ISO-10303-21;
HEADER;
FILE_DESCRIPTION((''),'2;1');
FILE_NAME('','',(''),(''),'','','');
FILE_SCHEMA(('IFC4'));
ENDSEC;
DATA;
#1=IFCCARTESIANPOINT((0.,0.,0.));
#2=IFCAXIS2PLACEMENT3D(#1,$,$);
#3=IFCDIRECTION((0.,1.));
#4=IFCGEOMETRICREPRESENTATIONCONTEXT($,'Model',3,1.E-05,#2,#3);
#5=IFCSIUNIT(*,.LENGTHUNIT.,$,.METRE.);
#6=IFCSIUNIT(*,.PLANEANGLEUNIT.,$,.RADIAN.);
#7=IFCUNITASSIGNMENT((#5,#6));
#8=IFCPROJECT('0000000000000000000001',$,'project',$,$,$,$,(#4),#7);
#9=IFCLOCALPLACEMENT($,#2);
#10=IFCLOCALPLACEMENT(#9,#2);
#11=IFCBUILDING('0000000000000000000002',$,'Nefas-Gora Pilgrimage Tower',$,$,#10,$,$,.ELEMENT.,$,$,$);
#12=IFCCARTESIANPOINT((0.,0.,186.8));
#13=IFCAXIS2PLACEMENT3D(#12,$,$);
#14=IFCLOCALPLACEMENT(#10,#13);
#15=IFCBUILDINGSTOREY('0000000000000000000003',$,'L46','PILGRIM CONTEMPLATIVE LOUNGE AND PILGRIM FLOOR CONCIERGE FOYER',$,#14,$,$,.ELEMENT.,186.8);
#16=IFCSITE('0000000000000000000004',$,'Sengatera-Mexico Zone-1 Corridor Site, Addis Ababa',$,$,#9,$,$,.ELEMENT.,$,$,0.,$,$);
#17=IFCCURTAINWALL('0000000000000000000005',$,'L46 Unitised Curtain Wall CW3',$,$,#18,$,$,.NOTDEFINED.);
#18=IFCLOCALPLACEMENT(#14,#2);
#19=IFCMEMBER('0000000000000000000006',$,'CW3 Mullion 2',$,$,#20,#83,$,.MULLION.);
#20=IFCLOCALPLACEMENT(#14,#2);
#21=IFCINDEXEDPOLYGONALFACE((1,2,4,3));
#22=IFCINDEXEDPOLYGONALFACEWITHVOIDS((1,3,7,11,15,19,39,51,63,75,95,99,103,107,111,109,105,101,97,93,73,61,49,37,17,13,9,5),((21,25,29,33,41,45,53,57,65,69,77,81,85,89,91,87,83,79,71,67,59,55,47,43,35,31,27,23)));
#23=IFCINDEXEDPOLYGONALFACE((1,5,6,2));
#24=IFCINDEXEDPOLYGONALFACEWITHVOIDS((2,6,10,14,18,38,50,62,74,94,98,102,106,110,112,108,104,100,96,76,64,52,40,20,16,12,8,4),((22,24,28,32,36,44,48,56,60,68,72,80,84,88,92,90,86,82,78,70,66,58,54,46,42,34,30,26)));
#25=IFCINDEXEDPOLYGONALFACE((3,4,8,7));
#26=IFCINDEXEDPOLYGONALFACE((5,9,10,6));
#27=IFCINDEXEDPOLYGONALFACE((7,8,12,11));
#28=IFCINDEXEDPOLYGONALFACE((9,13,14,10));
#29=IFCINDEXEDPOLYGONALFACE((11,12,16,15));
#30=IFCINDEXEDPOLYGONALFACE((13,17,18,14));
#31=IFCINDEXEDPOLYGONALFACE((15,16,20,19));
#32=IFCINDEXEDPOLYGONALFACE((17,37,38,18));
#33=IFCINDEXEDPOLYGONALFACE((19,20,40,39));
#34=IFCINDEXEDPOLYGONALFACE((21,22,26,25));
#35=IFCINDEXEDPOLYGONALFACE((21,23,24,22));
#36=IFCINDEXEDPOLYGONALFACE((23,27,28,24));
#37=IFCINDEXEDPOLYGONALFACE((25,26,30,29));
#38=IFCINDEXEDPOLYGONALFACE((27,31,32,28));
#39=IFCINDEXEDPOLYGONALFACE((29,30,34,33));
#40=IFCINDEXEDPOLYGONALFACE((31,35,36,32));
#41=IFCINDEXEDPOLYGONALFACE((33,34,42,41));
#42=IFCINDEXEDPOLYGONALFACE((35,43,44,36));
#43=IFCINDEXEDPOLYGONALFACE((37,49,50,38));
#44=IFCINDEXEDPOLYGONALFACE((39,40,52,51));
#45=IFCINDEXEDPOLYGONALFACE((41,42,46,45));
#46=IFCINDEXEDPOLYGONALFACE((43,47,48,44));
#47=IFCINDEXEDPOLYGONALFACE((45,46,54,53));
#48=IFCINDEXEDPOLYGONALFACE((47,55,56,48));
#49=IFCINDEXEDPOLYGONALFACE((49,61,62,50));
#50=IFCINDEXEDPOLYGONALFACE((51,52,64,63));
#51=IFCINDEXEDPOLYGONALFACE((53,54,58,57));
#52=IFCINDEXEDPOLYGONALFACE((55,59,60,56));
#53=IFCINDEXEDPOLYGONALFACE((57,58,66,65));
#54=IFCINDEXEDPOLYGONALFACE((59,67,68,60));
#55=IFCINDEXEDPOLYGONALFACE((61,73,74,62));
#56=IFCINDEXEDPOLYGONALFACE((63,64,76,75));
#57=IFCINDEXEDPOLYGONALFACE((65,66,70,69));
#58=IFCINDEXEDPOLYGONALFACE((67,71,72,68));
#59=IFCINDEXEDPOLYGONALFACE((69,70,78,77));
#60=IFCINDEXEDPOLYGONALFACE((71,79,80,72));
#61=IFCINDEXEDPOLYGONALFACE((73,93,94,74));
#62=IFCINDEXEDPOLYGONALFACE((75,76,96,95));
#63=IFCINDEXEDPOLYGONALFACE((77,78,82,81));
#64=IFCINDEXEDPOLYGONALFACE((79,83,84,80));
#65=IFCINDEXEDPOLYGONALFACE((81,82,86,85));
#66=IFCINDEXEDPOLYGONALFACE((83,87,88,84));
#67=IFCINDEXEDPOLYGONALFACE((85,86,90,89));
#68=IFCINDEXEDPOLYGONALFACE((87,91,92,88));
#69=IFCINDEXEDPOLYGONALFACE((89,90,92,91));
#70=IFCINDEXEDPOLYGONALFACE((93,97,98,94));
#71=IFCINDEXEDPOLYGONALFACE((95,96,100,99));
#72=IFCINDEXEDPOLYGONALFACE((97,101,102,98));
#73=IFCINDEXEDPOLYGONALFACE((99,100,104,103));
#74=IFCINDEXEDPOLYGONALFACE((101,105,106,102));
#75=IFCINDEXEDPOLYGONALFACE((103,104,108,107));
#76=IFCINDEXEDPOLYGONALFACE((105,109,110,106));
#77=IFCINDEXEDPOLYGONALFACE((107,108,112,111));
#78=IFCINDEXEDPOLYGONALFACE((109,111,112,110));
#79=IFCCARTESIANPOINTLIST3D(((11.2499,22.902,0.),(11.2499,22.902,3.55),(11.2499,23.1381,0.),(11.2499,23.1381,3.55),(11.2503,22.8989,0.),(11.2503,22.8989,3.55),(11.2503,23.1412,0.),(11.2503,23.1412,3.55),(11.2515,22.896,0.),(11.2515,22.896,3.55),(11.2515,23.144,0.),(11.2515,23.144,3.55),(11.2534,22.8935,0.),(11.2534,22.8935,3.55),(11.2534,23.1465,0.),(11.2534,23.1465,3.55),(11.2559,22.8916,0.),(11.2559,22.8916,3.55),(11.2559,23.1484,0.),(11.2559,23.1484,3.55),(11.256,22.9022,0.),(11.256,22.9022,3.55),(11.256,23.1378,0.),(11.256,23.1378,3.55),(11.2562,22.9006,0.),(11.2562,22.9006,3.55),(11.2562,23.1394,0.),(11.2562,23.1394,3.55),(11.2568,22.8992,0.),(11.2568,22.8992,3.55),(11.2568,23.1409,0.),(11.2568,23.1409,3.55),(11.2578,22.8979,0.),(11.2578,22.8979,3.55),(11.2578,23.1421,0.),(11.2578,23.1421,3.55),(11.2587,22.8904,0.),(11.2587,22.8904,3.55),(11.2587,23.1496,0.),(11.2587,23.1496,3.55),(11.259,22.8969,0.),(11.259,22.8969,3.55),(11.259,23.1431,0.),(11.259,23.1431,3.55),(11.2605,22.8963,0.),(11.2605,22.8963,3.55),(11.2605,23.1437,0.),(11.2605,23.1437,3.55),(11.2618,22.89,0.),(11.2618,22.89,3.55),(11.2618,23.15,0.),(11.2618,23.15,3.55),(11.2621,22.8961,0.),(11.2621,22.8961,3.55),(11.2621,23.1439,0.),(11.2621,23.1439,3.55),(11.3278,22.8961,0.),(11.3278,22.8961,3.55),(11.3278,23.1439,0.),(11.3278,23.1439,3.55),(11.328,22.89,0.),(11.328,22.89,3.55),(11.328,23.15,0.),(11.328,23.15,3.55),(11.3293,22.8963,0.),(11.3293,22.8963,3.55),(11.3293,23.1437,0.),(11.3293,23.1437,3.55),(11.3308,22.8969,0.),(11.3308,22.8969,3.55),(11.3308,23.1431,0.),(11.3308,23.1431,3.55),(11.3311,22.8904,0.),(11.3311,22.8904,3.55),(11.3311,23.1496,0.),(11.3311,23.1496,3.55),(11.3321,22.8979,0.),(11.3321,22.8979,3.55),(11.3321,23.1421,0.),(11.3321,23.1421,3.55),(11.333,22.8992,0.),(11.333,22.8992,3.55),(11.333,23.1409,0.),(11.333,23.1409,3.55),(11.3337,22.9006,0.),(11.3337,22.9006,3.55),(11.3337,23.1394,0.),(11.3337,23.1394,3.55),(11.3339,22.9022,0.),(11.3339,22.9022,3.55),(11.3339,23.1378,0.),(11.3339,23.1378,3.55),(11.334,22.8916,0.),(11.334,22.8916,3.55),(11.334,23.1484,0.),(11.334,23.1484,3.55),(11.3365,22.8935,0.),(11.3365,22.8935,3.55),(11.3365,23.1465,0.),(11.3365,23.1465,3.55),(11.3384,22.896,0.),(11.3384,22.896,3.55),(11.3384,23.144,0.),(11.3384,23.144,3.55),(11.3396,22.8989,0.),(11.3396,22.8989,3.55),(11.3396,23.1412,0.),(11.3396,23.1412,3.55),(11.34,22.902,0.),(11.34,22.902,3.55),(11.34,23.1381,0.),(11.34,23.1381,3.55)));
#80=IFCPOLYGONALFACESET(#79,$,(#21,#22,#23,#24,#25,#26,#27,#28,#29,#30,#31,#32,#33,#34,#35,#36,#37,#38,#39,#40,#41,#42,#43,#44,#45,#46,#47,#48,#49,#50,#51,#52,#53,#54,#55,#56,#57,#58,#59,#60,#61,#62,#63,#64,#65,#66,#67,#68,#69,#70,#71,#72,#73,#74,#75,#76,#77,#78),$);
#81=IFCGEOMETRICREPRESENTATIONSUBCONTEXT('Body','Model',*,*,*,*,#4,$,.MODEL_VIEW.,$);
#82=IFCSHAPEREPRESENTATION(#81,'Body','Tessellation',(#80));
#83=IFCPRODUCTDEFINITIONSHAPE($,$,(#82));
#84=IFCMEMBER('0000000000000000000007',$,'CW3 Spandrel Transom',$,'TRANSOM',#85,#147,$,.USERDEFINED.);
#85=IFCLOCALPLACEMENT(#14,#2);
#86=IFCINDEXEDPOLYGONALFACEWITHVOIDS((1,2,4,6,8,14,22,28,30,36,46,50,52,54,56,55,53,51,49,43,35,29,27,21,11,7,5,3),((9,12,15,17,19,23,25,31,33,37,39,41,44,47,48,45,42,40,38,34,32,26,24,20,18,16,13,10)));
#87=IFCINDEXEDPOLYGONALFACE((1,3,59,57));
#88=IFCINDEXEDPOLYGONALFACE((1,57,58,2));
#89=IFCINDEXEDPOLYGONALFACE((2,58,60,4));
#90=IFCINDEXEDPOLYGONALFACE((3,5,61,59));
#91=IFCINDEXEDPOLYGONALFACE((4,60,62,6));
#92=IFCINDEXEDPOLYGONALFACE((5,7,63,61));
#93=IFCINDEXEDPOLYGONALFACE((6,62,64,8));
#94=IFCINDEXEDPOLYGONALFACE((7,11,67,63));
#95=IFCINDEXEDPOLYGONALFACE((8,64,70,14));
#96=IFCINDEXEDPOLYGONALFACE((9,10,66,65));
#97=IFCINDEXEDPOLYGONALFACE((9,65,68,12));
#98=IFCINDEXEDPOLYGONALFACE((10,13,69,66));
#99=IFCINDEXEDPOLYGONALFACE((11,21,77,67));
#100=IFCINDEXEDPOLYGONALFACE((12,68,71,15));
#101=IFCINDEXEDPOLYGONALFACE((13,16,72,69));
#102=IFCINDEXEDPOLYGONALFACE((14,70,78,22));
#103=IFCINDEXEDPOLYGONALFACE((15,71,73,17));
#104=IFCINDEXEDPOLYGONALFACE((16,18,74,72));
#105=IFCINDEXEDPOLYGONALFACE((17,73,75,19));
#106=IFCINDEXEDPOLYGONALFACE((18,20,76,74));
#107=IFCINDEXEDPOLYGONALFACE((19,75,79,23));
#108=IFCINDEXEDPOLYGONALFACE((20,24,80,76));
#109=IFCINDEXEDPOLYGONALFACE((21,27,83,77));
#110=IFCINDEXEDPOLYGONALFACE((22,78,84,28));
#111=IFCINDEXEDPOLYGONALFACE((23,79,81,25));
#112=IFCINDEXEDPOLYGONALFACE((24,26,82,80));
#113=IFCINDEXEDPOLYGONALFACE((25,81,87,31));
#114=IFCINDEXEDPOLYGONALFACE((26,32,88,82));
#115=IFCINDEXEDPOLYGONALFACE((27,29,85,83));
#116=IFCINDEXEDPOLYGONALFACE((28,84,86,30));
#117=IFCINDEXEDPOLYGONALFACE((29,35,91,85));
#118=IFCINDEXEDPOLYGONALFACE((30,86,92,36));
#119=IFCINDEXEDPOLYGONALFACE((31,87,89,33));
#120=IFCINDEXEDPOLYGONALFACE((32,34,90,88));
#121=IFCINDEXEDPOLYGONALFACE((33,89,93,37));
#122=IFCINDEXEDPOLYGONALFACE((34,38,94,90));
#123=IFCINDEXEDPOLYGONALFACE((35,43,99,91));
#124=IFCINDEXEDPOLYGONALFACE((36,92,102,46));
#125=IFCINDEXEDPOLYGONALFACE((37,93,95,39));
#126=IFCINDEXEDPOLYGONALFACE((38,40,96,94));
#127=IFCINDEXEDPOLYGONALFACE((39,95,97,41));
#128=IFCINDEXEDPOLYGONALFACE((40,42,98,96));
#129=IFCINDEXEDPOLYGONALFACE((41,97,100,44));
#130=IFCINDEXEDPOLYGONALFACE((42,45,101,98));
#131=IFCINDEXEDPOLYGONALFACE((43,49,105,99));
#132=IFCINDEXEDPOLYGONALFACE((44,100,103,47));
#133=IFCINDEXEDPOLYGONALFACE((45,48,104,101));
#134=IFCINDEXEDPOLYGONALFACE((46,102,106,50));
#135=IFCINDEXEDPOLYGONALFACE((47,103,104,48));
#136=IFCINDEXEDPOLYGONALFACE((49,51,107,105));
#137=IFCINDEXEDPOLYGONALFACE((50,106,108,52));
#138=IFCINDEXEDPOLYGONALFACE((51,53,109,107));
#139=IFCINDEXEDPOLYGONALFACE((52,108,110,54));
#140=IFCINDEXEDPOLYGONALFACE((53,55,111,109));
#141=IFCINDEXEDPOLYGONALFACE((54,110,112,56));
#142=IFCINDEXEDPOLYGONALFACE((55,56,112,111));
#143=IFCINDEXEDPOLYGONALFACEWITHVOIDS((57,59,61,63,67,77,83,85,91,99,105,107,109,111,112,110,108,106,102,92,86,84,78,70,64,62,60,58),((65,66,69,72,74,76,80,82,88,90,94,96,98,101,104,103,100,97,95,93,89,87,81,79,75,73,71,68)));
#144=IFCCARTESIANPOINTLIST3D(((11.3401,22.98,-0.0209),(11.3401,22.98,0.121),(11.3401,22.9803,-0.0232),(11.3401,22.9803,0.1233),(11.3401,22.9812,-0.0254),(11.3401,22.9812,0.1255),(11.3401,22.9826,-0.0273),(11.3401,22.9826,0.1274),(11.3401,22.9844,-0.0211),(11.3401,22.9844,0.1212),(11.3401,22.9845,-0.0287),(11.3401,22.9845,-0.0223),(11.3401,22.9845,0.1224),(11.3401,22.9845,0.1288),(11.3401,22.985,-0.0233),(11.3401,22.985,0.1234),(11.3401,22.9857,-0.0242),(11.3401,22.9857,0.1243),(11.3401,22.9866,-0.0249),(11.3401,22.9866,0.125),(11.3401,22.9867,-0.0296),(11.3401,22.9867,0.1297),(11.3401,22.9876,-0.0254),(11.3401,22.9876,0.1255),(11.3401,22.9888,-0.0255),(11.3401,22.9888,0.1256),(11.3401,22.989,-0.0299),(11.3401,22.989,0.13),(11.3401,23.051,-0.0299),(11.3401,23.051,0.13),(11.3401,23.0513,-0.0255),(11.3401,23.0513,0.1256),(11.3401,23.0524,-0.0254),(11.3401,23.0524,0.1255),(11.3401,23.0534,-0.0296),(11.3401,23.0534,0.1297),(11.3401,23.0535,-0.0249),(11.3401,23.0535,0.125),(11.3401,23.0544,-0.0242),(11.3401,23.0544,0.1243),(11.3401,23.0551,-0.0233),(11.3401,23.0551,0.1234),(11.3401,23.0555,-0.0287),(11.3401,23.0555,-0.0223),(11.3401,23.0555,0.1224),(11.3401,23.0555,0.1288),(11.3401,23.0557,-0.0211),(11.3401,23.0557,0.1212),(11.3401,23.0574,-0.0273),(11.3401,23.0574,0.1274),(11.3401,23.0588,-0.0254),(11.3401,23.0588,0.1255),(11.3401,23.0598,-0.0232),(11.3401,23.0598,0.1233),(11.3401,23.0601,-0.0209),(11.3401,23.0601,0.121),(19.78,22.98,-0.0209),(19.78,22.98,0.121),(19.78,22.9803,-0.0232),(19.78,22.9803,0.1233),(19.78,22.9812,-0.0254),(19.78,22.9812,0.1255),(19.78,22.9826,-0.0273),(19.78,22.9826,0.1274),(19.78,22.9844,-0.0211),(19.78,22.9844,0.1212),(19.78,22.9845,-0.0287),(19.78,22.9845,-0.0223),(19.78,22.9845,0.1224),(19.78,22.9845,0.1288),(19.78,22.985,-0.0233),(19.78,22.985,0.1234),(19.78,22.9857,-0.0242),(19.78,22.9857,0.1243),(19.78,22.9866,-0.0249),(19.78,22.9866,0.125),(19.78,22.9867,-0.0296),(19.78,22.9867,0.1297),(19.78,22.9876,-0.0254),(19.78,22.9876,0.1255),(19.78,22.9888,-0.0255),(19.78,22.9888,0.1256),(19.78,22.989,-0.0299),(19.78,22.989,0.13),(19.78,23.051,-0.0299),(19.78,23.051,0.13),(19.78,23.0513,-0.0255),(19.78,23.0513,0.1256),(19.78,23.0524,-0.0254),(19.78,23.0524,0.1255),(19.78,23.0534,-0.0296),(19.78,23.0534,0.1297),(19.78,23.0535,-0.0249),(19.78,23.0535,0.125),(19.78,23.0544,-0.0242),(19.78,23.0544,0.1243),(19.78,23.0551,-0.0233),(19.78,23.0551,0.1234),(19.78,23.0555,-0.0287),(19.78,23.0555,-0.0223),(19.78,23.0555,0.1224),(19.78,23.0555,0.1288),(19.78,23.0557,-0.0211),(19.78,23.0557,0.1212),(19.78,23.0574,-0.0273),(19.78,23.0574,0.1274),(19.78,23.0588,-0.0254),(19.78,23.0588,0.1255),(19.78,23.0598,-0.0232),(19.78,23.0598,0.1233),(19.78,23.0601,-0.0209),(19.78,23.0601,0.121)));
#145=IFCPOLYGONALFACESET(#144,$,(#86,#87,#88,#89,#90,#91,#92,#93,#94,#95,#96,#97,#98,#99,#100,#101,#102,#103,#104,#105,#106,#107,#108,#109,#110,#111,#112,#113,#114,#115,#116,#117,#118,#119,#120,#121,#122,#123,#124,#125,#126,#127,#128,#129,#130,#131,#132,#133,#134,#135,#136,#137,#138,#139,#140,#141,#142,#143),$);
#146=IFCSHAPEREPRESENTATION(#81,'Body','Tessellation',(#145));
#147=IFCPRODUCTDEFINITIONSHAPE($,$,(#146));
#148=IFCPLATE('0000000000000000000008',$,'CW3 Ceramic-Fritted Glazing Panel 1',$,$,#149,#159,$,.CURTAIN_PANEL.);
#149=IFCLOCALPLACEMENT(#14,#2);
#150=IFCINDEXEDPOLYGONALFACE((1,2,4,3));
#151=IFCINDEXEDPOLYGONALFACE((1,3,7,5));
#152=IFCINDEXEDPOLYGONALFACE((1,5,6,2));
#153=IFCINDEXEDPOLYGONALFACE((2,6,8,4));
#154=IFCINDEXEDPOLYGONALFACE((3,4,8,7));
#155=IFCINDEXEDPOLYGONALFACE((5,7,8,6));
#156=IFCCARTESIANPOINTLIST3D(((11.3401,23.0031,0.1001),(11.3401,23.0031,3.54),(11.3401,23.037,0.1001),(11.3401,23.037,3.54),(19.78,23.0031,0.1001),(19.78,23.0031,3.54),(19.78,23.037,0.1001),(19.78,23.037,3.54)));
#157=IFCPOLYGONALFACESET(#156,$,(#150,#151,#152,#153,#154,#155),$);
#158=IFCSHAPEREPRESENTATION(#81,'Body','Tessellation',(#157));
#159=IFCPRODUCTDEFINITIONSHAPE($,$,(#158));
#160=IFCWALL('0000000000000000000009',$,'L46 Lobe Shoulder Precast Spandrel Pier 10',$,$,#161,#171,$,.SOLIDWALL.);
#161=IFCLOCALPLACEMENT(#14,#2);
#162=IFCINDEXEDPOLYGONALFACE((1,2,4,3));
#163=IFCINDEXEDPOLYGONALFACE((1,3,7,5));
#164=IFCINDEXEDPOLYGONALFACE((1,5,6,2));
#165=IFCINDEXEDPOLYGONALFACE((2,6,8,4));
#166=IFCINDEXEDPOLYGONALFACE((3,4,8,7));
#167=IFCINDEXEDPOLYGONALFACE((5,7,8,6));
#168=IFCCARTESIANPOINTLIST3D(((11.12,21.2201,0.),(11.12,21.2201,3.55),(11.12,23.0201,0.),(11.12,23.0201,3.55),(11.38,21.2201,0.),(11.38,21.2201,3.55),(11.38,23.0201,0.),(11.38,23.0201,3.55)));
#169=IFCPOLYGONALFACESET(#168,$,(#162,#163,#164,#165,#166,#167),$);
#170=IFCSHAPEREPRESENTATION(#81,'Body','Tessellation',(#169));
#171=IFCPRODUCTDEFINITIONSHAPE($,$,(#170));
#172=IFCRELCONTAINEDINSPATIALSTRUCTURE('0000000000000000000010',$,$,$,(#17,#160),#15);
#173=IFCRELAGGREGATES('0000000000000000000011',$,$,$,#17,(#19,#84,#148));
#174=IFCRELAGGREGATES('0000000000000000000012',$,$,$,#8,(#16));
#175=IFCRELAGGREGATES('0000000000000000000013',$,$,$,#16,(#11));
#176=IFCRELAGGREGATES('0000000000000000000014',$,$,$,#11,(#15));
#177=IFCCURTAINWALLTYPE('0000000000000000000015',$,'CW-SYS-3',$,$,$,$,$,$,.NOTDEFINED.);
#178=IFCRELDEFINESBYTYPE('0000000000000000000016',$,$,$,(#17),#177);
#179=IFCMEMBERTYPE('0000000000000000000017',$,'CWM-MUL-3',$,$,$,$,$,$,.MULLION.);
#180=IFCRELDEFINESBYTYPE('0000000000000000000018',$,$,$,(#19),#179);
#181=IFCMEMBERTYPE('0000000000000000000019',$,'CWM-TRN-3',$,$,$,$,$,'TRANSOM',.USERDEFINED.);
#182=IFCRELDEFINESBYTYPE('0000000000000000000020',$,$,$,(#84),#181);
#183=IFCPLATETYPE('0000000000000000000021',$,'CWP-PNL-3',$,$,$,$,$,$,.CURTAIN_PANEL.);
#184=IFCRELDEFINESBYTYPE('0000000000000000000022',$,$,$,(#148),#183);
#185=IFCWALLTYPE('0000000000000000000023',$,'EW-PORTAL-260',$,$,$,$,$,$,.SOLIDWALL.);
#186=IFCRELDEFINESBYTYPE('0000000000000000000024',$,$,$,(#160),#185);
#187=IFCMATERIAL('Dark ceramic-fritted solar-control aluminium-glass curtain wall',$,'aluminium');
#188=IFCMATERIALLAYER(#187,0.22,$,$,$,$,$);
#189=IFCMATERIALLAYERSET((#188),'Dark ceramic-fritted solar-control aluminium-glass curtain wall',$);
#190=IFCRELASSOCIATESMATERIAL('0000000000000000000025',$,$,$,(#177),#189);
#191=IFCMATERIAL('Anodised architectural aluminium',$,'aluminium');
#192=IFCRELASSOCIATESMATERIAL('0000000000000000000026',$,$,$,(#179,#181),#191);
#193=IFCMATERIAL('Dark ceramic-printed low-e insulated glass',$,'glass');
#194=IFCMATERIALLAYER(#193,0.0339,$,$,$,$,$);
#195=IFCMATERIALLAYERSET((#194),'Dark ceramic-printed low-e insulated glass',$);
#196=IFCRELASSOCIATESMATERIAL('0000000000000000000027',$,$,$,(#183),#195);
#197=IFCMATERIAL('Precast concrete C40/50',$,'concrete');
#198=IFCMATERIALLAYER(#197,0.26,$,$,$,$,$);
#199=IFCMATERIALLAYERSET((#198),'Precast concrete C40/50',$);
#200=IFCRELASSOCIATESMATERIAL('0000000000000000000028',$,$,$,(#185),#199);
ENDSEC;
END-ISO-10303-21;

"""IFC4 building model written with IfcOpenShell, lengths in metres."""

from ifc_helpers import new_model, si_unit, direction, frame, frame_2d, origin, origin_2d, place, context, subcontext, project, spatial, rectangle, hollow_rectangle, extrude, source, transform, mapped, material, layer, layer_set, material_profile, profile_set, type_object, element, aggregate, save


model = new_model("IFC4")

# Units and contexts
model_context = context("Model", 3, precision=1e-05, world=origin(), true_north=direction((0.0, 1.0)))
body_context = subcontext(model_context, "Body", "Model", "MODEL_VIEW")
ifc_project = project(units=[si_unit("LENGTHUNIT", "METRE"), si_unit("PLANEANGLEUNIT", "RADIAN")], contexts=[model_context])

# Site, building, storey
site_placement = place(None, origin())
site = spatial("IfcSite", under=ifc_project, at=site_placement, Name="Sengatera-Mexico Zone-1 Corridor Site, Addis Ababa", CompositionType="ELEMENT", RefElevation=0.0)
building_placement = place(site_placement, origin())
building = spatial("IfcBuilding", under=site, at=building_placement, Name="Nefas-Gora Pilgrimage Tower", CompositionType="ELEMENT")
storey_placement = place(building_placement, frame((0.0, 0.0, 186.8)))
storey = spatial("IfcBuildingStorey", under=building, at=storey_placement, Name="L46", Description="PILGRIM CONTEMPLATIVE LOUNGE AND PILGRIM FLOOR CONCIERGE FOYER", CompositionType="ELEMENT", Elevation=186.8)

# Shared definitions
ifc_material_1 = material(Name="Dark ceramic-fritted solar-control aluminium-glass curtain wall", Category="aluminium")
ifc_layer_1 = layer(ifc_material_1, 0.22)
ifc_layer_set_1 = layer_set([ifc_layer_1], Name="Dark ceramic-fritted solar-control aluminium-glass curtain wall")
curtain_wall_type = type_object("IfcCurtainWallType", Name="CW-SYS-3", PredefinedType="NOTDEFINED", material=ifc_layer_set_1)
ifc_material_2 = material(Name="Anodised architectural aluminium", Category="aluminium")
ifc_material_profile_1 = material_profile(ifc_material_2, hollow_rectangle(XDim=0.0901, YDim=0.26, WallThickness=0.0061, InnerFilletRadius=0.0061, OuterFilletRadius=0.012, at=origin_2d()), Name="ALU MULLION 90x260")
ifc_profile_set_1 = profile_set([ifc_material_profile_1], Name="Anodised architectural aluminium")
member_type_1 = type_object("IfcMemberType", Name="CWM-MUL-3", PredefinedType="MULLION", material=ifc_profile_set_1)
shared_shape_1 = source(origin(), body_context, "Body", "SweptSolid", [
    extrude(hollow_rectangle(XDim=0.0901, YDim=0.26, WallThickness=0.0061, InnerFilletRadius=0.0061, OuterFilletRadius=0.012, at=origin_2d()), origin(), (0.0, 0.0, 1.0), 3.55),
])

# Curtain wall, members, plate
curtain_wall_1_placement = place(storey_placement, origin())
curtain_wall_1 = element("IfcCurtainWall", 1, at=curtain_wall_1_placement, inside=storey, type_object=curtain_wall_type, Name="L46 Unitised Curtain Wall CW3", PredefinedType="NOTDEFINED")
member_1_placement = place(storey_placement, frame((11.2949, 23.02, 0.0), z_axis=(0.0, 0.0, 1.0), x_axis=(-1.0, 0.0, 0.0)))
member_1 = element("IfcMember", 2, at=member_1_placement, type_object=member_type_1, Name="CW3 Mullion 2", PredefinedType="MULLION", context=body_context, shape_type="MappedRepresentation", body=[
    mapped(shared_shape_1, transform((0.0, 0.0, 0.0), x_axis=(1.0, 0.0, 0.0), y_axis=(0.0, 1.0, 0.0), z_axis=(0.0, 0.0, 1.0), scale=1.0)),
])
ifc_material_profile_2 = material_profile(ifc_material_2, hollow_rectangle(XDim=0.0801, YDim=0.1599, WallThickness=0.0044, InnerFilletRadius=0.0044, OuterFilletRadius=0.009, at=origin_2d()), Name="ALU TRANSOM 80x160")
ifc_profile_set_2 = profile_set([ifc_material_profile_2], Name="Anodised architectural aluminium")
member_type_2 = type_object("IfcMemberType", Name="CWM-TRN-3", ElementType="TRANSOM", PredefinedType="USERDEFINED", material=ifc_profile_set_2)
shared_shape_2 = source(origin(), body_context, "Body", "SweptSolid", [
    extrude(hollow_rectangle(XDim=0.0801, YDim=0.1599, WallThickness=0.0044, InnerFilletRadius=0.0044, OuterFilletRadius=0.009, at=origin_2d()), origin(), (0.0, 0.0, 1.0), 8.4399),
])
member_2_placement = place(storey_placement, frame((19.78, 23.02, 0.05), z_axis=(-1.0, 0.0, 0.0), x_axis=(0.0, -1.0, 0.0)))
member_2 = element("IfcMember", 3, at=member_2_placement, type_object=member_type_2, Name="CW3 Spandrel Transom", ObjectType="TRANSOM", PredefinedType="USERDEFINED", context=body_context, shape_type="MappedRepresentation", body=[
    mapped(shared_shape_2, transform((0.0, 0.0, 0.0), x_axis=(1.0, 0.0, 0.0), y_axis=(0.0, 1.0, 0.0), z_axis=(0.0, 0.0, 1.0), scale=1.0)),
])
ifc_material_3 = material(Name="Dark ceramic-printed low-e insulated glass", Category="glass")
ifc_layer_2 = layer(ifc_material_3, 0.0339)
ifc_layer_set_2 = layer_set([ifc_layer_2], Name="Dark ceramic-printed low-e insulated glass")
plate_type = type_object("IfcPlateType", Name="CWP-PNL-3", PredefinedType="CURTAIN_PANEL", material=ifc_layer_set_2)
shared_shape_3 = source(origin(), body_context, "Body", "SweptSolid", [
    extrude(rectangle(XDim=8.4399, YDim=0.0339, at=origin_2d()), origin(), (0.0, 0.0, 1.0), 3.4399),
])
plate_placement = place(storey_placement, frame((15.5601, 23.02, 0.1001), z_axis=(0.0, 0.0, 1.0), x_axis=(-1.0, 0.0, 0.0)))
plate = element("IfcPlate", 4, at=plate_placement, type_object=plate_type, Name="CW3 Ceramic-Fritted Glazing Panel 1", PredefinedType="CURTAIN_PANEL", context=body_context, shape_type="MappedRepresentation", body=[
    mapped(shared_shape_3, transform((0.0, 0.0, 0.0), x_axis=(1.0, 0.0, 0.0), y_axis=(0.0, 1.0, 0.0), z_axis=(0.0, 0.0, 1.0), scale=1.0)),
])
aggregate(curtain_wall_1, [member_1, member_2, plate])

# Wall
ifc_material_4 = material(Name="Precast concrete C40/50", Category="concrete")
ifc_layer_3 = layer(ifc_material_4, 0.26)
ifc_layer_set_3 = layer_set([ifc_layer_3], Name="Precast concrete C40/50")
wall_type_1 = type_object("IfcWallType", Name="EW-PORTAL-260", PredefinedType="SOLIDWALL", material=ifc_layer_set_3)
shared_shape_4 = source(origin(), body_context, "Body", "SweptSolid", [
    extrude(rectangle(XDim=1.8, YDim=0.26, at=frame_2d((0.8999, 0.0))), origin(), (0.0, 0.0, 1.0), 3.55),
])
wall_1_placement = place(storey_placement, frame((11.25, 23.02, 0.0), z_axis=(0.0, 0.0, 1.0), x_axis=(0.0, -1.0, 0.0)))
element("IfcWall", 5, at=wall_1_placement, inside=storey, type_object=wall_type_1, Name="L46 Lobe Shoulder Precast Spandrel Pier 10", PredefinedType="SOLIDWALL", context=body_context, shape_type="MappedRepresentation", body=[
    mapped(shared_shape_4, transform((0.0, 0.0, 0.0), x_axis=(1.0, 0.0, 0.0), y_axis=(0.0, 1.0, 0.0), z_axis=(0.0, 0.0, 1.0), scale=1.0)),
])

save(model, "model.ifc")
